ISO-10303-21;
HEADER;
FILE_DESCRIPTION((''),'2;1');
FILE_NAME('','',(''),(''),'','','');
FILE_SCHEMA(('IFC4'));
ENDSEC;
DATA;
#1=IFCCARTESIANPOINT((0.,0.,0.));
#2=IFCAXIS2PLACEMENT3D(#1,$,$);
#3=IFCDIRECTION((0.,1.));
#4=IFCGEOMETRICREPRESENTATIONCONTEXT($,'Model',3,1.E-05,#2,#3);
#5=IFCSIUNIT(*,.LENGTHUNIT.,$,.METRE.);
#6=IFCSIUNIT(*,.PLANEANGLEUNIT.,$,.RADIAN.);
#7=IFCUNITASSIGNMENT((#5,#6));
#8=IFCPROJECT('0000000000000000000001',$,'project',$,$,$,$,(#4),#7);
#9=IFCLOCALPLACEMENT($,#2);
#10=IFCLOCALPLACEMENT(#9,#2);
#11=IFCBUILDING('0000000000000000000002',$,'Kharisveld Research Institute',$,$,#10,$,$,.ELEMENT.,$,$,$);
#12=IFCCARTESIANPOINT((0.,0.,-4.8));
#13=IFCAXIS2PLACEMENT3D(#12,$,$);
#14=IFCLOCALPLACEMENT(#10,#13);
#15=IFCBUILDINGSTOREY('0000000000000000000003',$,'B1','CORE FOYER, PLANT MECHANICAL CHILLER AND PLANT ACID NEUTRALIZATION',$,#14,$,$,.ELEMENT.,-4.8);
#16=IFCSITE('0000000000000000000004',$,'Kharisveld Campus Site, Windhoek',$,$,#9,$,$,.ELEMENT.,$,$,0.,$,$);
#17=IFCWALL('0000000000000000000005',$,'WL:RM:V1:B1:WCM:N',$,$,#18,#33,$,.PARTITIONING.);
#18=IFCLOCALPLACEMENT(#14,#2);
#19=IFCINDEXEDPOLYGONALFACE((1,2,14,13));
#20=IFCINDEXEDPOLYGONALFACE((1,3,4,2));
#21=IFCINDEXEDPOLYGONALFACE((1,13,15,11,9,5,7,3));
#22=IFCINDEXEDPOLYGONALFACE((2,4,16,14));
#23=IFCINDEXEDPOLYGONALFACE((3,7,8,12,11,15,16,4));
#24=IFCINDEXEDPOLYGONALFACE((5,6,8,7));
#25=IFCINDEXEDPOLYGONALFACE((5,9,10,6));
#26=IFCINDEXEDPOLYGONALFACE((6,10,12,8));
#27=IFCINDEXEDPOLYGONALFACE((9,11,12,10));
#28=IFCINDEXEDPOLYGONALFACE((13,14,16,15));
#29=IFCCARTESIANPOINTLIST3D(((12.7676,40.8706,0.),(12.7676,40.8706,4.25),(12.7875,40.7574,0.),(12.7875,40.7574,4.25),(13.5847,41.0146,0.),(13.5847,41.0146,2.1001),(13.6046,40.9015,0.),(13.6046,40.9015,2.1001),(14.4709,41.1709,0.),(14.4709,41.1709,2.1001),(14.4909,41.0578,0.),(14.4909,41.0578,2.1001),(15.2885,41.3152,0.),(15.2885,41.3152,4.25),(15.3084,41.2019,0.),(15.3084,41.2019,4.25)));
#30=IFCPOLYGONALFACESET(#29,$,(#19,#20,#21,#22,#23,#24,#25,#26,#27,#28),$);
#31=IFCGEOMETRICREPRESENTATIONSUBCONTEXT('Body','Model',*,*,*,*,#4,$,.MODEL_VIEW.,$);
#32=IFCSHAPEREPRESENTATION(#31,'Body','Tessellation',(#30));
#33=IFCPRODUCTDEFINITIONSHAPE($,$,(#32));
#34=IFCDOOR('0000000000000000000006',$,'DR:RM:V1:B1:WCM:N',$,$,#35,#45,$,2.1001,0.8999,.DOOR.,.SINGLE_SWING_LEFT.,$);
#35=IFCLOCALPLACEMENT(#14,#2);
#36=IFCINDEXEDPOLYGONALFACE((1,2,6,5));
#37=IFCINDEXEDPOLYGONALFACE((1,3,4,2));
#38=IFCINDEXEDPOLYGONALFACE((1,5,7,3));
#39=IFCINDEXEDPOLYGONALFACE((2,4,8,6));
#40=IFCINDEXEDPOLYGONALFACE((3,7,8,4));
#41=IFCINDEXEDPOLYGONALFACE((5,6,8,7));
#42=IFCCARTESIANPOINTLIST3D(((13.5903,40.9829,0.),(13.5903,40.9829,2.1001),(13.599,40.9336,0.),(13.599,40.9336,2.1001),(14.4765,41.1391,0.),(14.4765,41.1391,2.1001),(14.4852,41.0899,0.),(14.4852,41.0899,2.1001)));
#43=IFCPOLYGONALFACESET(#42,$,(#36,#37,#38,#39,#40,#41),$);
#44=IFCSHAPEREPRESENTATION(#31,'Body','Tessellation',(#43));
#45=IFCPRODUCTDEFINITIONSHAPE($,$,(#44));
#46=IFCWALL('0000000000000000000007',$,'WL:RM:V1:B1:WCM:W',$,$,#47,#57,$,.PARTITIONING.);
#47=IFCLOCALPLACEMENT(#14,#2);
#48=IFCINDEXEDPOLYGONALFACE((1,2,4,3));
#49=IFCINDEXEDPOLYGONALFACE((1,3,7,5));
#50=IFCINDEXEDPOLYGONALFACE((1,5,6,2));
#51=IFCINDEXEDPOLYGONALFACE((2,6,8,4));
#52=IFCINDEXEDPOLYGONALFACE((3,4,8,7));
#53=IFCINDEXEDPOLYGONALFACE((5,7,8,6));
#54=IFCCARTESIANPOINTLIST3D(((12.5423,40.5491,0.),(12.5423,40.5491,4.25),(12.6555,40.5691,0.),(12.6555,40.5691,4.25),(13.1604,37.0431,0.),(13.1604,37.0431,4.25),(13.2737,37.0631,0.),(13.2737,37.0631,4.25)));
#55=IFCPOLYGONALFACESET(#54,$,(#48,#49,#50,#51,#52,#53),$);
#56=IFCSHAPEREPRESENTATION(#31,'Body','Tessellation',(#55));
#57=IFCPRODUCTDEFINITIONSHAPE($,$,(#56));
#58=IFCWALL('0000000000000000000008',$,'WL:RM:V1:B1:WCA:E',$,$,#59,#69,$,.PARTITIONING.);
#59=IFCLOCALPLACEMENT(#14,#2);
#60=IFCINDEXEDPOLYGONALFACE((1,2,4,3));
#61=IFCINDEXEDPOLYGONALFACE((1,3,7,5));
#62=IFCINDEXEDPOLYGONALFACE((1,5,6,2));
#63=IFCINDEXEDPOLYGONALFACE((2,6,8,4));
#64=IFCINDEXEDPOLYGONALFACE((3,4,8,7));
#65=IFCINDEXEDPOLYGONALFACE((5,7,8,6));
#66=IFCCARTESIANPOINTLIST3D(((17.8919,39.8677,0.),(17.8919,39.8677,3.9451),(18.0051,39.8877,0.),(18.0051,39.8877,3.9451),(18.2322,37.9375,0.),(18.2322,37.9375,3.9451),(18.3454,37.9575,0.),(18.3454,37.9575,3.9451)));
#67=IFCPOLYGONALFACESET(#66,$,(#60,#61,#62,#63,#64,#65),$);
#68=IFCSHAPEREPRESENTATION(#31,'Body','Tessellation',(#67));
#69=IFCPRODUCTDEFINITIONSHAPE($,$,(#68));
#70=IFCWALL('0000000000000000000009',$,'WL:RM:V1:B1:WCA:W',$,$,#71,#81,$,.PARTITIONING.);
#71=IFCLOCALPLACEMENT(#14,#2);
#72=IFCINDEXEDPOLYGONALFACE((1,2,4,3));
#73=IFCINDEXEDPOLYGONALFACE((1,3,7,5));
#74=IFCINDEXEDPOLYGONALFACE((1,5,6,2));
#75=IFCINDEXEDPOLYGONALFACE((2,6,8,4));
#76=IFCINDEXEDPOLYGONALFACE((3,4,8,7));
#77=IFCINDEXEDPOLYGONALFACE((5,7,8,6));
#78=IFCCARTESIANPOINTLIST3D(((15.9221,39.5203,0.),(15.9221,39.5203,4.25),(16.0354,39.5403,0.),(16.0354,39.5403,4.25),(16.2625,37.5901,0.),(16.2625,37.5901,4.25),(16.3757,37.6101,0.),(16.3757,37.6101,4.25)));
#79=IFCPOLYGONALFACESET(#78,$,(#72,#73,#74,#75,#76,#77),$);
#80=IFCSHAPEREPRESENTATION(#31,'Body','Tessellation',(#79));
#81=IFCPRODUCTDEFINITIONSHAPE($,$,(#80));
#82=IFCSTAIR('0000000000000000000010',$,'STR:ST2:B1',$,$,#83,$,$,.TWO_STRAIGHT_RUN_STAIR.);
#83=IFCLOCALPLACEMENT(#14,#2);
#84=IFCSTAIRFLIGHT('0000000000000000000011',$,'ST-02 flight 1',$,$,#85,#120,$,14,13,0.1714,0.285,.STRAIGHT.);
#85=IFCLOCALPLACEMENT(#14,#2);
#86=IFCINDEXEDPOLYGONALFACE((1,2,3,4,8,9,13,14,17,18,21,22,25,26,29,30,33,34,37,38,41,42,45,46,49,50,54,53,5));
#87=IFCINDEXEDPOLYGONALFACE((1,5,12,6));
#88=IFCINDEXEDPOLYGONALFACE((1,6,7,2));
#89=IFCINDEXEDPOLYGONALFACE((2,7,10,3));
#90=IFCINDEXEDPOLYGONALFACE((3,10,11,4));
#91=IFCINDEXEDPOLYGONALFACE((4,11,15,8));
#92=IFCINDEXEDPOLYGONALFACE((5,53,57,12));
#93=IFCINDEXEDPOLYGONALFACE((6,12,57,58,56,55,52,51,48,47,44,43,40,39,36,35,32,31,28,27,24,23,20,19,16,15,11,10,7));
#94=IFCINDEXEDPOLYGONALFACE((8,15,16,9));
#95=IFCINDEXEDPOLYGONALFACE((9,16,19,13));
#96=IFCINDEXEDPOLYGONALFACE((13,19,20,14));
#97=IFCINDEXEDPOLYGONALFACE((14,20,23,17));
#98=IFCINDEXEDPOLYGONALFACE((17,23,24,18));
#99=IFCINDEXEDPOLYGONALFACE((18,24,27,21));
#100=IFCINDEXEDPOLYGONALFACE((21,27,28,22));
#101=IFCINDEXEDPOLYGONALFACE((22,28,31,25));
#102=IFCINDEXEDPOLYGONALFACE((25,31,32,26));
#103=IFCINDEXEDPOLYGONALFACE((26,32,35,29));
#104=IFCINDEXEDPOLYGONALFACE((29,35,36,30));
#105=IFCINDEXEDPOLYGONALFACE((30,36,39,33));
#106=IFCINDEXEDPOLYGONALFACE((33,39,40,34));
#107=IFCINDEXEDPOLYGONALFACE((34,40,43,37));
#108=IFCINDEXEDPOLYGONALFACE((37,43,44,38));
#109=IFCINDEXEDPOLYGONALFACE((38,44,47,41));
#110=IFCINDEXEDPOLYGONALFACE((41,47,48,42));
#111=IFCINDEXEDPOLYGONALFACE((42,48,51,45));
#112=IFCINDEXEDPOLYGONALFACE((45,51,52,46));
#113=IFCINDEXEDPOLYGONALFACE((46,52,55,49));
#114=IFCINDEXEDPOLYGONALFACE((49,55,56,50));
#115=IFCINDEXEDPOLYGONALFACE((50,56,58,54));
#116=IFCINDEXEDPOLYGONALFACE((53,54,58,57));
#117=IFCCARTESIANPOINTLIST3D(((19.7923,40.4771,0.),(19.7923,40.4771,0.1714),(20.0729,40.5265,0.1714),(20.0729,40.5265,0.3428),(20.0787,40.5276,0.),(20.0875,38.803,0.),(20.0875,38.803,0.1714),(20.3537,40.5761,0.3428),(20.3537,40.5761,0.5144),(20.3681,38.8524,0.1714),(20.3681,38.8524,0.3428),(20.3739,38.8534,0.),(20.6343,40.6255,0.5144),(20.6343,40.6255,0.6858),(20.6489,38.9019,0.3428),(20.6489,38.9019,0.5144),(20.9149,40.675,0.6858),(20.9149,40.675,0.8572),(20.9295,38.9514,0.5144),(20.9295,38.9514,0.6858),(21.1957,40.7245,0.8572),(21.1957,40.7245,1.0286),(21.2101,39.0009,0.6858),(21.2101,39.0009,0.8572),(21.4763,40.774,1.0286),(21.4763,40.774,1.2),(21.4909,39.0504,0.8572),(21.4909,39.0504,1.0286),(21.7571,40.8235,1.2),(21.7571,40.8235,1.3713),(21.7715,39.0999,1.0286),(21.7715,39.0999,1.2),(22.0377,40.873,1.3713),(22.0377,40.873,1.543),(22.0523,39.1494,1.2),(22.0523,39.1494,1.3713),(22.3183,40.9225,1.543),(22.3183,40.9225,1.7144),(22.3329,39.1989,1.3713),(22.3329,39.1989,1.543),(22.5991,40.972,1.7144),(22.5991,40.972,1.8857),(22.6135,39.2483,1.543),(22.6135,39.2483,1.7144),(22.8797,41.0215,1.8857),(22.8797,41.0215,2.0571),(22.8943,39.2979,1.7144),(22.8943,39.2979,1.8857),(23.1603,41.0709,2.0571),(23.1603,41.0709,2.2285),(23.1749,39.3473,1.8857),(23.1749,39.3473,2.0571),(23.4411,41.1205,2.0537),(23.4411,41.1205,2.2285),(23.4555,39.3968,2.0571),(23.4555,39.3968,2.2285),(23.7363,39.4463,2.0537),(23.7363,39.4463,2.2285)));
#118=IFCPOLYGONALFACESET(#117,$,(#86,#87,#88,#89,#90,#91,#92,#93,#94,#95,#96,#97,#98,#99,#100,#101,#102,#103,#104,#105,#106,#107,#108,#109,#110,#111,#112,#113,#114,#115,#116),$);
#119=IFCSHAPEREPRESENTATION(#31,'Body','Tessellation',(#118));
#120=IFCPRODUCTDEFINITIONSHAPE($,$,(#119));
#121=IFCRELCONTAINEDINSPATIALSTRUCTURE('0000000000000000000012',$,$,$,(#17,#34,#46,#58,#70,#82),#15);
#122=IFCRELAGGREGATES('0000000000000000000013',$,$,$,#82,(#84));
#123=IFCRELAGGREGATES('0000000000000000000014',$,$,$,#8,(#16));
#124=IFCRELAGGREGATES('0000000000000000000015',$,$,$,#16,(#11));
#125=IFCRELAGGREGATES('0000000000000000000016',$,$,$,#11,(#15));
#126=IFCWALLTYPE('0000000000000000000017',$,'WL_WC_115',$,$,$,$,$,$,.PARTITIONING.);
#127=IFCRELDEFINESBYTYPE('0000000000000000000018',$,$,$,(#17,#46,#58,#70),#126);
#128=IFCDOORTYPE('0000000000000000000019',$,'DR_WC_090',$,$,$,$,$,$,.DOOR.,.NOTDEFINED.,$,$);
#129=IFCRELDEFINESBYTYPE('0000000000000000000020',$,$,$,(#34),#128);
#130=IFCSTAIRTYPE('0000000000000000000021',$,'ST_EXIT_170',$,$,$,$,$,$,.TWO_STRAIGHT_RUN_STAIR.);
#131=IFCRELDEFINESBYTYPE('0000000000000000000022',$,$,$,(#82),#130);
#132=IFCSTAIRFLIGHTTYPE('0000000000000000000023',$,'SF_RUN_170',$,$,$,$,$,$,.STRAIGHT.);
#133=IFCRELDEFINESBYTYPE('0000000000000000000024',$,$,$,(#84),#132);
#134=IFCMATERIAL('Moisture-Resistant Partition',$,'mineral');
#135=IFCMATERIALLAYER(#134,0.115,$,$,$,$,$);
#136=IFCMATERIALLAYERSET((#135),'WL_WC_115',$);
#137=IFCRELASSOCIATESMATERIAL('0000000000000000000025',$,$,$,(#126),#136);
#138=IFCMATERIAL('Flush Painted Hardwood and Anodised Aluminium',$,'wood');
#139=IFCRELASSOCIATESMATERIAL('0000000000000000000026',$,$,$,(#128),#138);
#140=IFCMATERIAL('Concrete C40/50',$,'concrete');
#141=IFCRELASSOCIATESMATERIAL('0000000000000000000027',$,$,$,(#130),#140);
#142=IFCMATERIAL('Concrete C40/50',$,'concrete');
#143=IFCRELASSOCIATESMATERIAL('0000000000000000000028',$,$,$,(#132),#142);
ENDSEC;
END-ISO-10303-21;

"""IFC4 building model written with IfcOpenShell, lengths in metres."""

from ifc_helpers import new_model, si_unit, direction, frame, frame_2d, origin, place, context, subcontext, project, spatial, polyline, rectangle, outline, extrude, material, layer, layer_set, type_object, element, fill, aggregate, save


model = new_model("IFC4")

# Units and contexts
model_context = context("Model", 3, precision=1e-05, world=origin(), true_north=direction((0.0, 1.0)))
body_context = subcontext(model_context, "Body", "Model", "MODEL_VIEW")
ifc_project = project(units=[si_unit("LENGTHUNIT", "METRE"), si_unit("PLANEANGLEUNIT", "RADIAN")], contexts=[model_context])

# Site, building, storey
site_placement = place(None, origin())
site = spatial("IfcSite", under=ifc_project, at=site_placement, Name="Kharisveld Campus Site, Windhoek", CompositionType="ELEMENT", RefElevation=0.0)
building_placement = place(site_placement, origin())
building = spatial("IfcBuilding", under=site, at=building_placement, Name="Kharisveld Research Institute", CompositionType="ELEMENT")
storey_placement = place(building_placement, frame((0.0, 0.0, -4.8)))
storey = spatial("IfcBuildingStorey", under=building, at=storey_placement, Name="B1", Description="CORE FOYER, PLANT MECHANICAL CHILLER AND PLANT ACID NEUTRALIZATION", CompositionType="ELEMENT", Elevation=-4.8)

# Shared definitions
ifc_material_1 = material(Name="Moisture-Resistant Partition", Category="mineral")
ifc_layer_1 = layer(ifc_material_1, 0.115)
ifc_layer_set_1 = layer_set([ifc_layer_1], Name="WL_WC_115")
wall_type_1 = type_object("IfcWallType", Name="WL_WC_115", PredefinedType="PARTITIONING", material=ifc_layer_set_1)

# Wall, opening, door
wall_1_placement = place(storey_placement, frame((15.2983, 41.2585, 0.0), z_axis=(0.0, 0.0, 1.0), x_axis=(-0.984804, -0.173671, 0.0)))
wall_1 = element("IfcWall", 1, at=wall_1_placement, inside=storey, type_object=wall_type_1, Name="WL:RM:V1:B1:WCM:N", PredefinedType="PARTITIONING", context=body_context, shape_type="SweptSolid", body=[
    extrude(rectangle(XDim=2.5598, YDim=0.115, at=frame_2d((1.2798, 0.0))), origin(), (0.0, 0.0, 1.0), 4.25),
])
opening_1_placement = place(wall_1_placement, frame((0.8301, 0.0, 0.0)))
opening_1 = element("IfcOpeningElement", 2, at=opening_1_placement, cuts=wall_1, PredefinedType="OPENING", context=body_context, shape_type="SweptSolid", body=[
    extrude(rectangle(XDim=0.8999, YDim=2.1001, at=frame_2d((0.45, 1.05))), frame((0.0, 0.0576, 0.0), z_axis=(0.0, -1.0, 0.0), x_axis=(1.0, 0.0, 0.0)), (0.0, 0.0, 1.0), 0.115),
])
ifc_material_2 = material(Name="Flush Painted Hardwood and Anodised Aluminium", Category="wood")
door_type_1 = type_object("IfcDoorType", Name="DR_WC_090", OperationType="NOTDEFINED", PredefinedType="DOOR", material=ifc_material_2)
door_1_placement = place(opening_1_placement, origin())
door_1 = element("IfcDoor", 3, at=door_1_placement, inside=storey, type_object=door_type_1, Name="DR:RM:V1:B1:WCM:N", OperationType="SINGLE_SWING_LEFT", OverallHeight=2.1001, OverallWidth=0.8999, PredefinedType="DOOR", context=body_context, shape_type="SweptSolid", body=[
    extrude(rectangle(XDim=0.8999, YDim=2.1001, at=frame_2d((0.45, 1.05))), frame((0.0, 0.0249, 0.0), z_axis=(0.0, -1.0, 0.0), x_axis=(1.0, 0.0, 0.0)), (0.0, 0.0, 1.0), 0.05),
])
fill(opening_1, door_1)

# Walls
wall_2_placement = place(storey_placement, frame((12.5989, 40.5591, 0.0), z_axis=(0.0, 0.0, 1.0), x_axis=(0.173644, -0.984808, 0.0)))
element("IfcWall", 4, at=wall_2_placement, inside=storey, type_object=wall_type_1, Name="WL:RM:V1:B1:WCM:W", PredefinedType="PARTITIONING", context=body_context, shape_type="SweptSolid", body=[
    extrude(rectangle(XDim=3.5601, YDim=0.115, at=frame_2d((1.78, 0.0))), origin(), (0.0, 0.0, 1.0), 4.25),
])
wall_3_placement = place(storey_placement, frame((18.2888, 37.9475, 0.0), z_axis=(0.0, 0.0, 1.0), x_axis=(-0.173643, 0.984809, 0.0)))
element("IfcWall", 5, at=wall_3_placement, inside=storey, type_object=wall_type_1, Name="WL:RM:V1:B1:WCA:E", PredefinedType="PARTITIONING", context=body_context, shape_type="SweptSolid", body=[
    extrude(rectangle(XDim=1.96, YDim=0.115, at=frame_2d((0.98, 0.0))), origin(), (0.0, 0.0, 1.0), 3.9451),
])

# Wall
wall_4_placement = place(storey_placement, frame((15.9788, 39.5303, 0.0), z_axis=(0.0, 0.0, 1.0), x_axis=(0.173643, -0.984809, 0.0)))
element("IfcWall", 6, at=wall_4_placement, inside=storey, type_object=wall_type_1, Name="WL:RM:V1:B1:WCA:W", PredefinedType="PARTITIONING", context=body_context, shape_type="SweptSolid", body=[
    extrude(rectangle(XDim=1.96, YDim=0.115, at=frame_2d((0.98, 0.0))), origin(), (0.0, 0.0, 1.0), 4.25),
])

# Stair, stair flight
ifc_material_3 = material(Name="Concrete C40/50", Category="concrete")
stair_type = type_object("IfcStairType", Name="ST_EXIT_170", PredefinedType="TWO_STRAIGHT_RUN_STAIR", material=ifc_material_3)
stair_placement = place(storey_placement, origin())
stair = element("IfcStair", 7, at=stair_placement, inside=storey, type_object=stair_type, Name="STR:ST2:B1", PredefinedType="TWO_STRAIGHT_RUN_STAIR")
ifc_material_4 = material(Name="Concrete C40/50", Category="concrete")
stair_flight_type = type_object("IfcStairFlightType", Name="SF_RUN_170", PredefinedType="STRAIGHT", material=ifc_material_4)
stair_flight_placement = place(storey_placement, frame((19.9399, 39.6399, 0.0), z_axis=(0.0, 0.0, 1.0), x_axis=(0.984808, 0.173648, 0.0)))
stair_flight = element("IfcStairFlight", 8, at=stair_flight_placement, type_object=stair_flight_type, Name="ST-02 flight 1", NumberOfRisers=14, NumberOfTreads=13, PredefinedType="STRAIGHT", RiserHeight=0.1714, TreadLength=0.285, context=body_context, shape_type="SweptSolid", body=[
    extrude(outline(polyline([(0.0, 0.0), (0.0, 0.1714), (0.2849, 0.1714), (0.2849, 0.3428), (0.5701, 0.3428), (0.5701, 0.5144), (0.855, 0.5144), (0.855, 0.6858), (1.1399, 0.6858), (1.1399, 0.8572), (1.425, 0.8572), (1.425, 1.0286), (1.71, 1.0286), (1.71, 1.2), (1.9951, 1.2), (1.9951, 1.3713), (2.28, 1.3713), (2.28, 1.543), (2.5649, 1.543), (2.5649, 1.7144), (2.8501, 1.7144), (2.8501, 1.8857), (3.135, 1.8857), (3.135, 2.0571), (3.4199, 2.0571), (3.4199, 2.2285), (3.7051, 2.2285), (3.7051, 2.3999), (3.7051, 2.0537), (0.2908, 0.0), (0.0, 0.0)])), frame((0.0, 0.8501, 0.0), z_axis=(0.0, -1.0, 0.0), x_axis=(1.0, 0.0, 0.0)), (0.0, 0.0, 1.0), 1.7),
])
aggregate(stair, [stair_flight])

save(model, "model.ifc")
